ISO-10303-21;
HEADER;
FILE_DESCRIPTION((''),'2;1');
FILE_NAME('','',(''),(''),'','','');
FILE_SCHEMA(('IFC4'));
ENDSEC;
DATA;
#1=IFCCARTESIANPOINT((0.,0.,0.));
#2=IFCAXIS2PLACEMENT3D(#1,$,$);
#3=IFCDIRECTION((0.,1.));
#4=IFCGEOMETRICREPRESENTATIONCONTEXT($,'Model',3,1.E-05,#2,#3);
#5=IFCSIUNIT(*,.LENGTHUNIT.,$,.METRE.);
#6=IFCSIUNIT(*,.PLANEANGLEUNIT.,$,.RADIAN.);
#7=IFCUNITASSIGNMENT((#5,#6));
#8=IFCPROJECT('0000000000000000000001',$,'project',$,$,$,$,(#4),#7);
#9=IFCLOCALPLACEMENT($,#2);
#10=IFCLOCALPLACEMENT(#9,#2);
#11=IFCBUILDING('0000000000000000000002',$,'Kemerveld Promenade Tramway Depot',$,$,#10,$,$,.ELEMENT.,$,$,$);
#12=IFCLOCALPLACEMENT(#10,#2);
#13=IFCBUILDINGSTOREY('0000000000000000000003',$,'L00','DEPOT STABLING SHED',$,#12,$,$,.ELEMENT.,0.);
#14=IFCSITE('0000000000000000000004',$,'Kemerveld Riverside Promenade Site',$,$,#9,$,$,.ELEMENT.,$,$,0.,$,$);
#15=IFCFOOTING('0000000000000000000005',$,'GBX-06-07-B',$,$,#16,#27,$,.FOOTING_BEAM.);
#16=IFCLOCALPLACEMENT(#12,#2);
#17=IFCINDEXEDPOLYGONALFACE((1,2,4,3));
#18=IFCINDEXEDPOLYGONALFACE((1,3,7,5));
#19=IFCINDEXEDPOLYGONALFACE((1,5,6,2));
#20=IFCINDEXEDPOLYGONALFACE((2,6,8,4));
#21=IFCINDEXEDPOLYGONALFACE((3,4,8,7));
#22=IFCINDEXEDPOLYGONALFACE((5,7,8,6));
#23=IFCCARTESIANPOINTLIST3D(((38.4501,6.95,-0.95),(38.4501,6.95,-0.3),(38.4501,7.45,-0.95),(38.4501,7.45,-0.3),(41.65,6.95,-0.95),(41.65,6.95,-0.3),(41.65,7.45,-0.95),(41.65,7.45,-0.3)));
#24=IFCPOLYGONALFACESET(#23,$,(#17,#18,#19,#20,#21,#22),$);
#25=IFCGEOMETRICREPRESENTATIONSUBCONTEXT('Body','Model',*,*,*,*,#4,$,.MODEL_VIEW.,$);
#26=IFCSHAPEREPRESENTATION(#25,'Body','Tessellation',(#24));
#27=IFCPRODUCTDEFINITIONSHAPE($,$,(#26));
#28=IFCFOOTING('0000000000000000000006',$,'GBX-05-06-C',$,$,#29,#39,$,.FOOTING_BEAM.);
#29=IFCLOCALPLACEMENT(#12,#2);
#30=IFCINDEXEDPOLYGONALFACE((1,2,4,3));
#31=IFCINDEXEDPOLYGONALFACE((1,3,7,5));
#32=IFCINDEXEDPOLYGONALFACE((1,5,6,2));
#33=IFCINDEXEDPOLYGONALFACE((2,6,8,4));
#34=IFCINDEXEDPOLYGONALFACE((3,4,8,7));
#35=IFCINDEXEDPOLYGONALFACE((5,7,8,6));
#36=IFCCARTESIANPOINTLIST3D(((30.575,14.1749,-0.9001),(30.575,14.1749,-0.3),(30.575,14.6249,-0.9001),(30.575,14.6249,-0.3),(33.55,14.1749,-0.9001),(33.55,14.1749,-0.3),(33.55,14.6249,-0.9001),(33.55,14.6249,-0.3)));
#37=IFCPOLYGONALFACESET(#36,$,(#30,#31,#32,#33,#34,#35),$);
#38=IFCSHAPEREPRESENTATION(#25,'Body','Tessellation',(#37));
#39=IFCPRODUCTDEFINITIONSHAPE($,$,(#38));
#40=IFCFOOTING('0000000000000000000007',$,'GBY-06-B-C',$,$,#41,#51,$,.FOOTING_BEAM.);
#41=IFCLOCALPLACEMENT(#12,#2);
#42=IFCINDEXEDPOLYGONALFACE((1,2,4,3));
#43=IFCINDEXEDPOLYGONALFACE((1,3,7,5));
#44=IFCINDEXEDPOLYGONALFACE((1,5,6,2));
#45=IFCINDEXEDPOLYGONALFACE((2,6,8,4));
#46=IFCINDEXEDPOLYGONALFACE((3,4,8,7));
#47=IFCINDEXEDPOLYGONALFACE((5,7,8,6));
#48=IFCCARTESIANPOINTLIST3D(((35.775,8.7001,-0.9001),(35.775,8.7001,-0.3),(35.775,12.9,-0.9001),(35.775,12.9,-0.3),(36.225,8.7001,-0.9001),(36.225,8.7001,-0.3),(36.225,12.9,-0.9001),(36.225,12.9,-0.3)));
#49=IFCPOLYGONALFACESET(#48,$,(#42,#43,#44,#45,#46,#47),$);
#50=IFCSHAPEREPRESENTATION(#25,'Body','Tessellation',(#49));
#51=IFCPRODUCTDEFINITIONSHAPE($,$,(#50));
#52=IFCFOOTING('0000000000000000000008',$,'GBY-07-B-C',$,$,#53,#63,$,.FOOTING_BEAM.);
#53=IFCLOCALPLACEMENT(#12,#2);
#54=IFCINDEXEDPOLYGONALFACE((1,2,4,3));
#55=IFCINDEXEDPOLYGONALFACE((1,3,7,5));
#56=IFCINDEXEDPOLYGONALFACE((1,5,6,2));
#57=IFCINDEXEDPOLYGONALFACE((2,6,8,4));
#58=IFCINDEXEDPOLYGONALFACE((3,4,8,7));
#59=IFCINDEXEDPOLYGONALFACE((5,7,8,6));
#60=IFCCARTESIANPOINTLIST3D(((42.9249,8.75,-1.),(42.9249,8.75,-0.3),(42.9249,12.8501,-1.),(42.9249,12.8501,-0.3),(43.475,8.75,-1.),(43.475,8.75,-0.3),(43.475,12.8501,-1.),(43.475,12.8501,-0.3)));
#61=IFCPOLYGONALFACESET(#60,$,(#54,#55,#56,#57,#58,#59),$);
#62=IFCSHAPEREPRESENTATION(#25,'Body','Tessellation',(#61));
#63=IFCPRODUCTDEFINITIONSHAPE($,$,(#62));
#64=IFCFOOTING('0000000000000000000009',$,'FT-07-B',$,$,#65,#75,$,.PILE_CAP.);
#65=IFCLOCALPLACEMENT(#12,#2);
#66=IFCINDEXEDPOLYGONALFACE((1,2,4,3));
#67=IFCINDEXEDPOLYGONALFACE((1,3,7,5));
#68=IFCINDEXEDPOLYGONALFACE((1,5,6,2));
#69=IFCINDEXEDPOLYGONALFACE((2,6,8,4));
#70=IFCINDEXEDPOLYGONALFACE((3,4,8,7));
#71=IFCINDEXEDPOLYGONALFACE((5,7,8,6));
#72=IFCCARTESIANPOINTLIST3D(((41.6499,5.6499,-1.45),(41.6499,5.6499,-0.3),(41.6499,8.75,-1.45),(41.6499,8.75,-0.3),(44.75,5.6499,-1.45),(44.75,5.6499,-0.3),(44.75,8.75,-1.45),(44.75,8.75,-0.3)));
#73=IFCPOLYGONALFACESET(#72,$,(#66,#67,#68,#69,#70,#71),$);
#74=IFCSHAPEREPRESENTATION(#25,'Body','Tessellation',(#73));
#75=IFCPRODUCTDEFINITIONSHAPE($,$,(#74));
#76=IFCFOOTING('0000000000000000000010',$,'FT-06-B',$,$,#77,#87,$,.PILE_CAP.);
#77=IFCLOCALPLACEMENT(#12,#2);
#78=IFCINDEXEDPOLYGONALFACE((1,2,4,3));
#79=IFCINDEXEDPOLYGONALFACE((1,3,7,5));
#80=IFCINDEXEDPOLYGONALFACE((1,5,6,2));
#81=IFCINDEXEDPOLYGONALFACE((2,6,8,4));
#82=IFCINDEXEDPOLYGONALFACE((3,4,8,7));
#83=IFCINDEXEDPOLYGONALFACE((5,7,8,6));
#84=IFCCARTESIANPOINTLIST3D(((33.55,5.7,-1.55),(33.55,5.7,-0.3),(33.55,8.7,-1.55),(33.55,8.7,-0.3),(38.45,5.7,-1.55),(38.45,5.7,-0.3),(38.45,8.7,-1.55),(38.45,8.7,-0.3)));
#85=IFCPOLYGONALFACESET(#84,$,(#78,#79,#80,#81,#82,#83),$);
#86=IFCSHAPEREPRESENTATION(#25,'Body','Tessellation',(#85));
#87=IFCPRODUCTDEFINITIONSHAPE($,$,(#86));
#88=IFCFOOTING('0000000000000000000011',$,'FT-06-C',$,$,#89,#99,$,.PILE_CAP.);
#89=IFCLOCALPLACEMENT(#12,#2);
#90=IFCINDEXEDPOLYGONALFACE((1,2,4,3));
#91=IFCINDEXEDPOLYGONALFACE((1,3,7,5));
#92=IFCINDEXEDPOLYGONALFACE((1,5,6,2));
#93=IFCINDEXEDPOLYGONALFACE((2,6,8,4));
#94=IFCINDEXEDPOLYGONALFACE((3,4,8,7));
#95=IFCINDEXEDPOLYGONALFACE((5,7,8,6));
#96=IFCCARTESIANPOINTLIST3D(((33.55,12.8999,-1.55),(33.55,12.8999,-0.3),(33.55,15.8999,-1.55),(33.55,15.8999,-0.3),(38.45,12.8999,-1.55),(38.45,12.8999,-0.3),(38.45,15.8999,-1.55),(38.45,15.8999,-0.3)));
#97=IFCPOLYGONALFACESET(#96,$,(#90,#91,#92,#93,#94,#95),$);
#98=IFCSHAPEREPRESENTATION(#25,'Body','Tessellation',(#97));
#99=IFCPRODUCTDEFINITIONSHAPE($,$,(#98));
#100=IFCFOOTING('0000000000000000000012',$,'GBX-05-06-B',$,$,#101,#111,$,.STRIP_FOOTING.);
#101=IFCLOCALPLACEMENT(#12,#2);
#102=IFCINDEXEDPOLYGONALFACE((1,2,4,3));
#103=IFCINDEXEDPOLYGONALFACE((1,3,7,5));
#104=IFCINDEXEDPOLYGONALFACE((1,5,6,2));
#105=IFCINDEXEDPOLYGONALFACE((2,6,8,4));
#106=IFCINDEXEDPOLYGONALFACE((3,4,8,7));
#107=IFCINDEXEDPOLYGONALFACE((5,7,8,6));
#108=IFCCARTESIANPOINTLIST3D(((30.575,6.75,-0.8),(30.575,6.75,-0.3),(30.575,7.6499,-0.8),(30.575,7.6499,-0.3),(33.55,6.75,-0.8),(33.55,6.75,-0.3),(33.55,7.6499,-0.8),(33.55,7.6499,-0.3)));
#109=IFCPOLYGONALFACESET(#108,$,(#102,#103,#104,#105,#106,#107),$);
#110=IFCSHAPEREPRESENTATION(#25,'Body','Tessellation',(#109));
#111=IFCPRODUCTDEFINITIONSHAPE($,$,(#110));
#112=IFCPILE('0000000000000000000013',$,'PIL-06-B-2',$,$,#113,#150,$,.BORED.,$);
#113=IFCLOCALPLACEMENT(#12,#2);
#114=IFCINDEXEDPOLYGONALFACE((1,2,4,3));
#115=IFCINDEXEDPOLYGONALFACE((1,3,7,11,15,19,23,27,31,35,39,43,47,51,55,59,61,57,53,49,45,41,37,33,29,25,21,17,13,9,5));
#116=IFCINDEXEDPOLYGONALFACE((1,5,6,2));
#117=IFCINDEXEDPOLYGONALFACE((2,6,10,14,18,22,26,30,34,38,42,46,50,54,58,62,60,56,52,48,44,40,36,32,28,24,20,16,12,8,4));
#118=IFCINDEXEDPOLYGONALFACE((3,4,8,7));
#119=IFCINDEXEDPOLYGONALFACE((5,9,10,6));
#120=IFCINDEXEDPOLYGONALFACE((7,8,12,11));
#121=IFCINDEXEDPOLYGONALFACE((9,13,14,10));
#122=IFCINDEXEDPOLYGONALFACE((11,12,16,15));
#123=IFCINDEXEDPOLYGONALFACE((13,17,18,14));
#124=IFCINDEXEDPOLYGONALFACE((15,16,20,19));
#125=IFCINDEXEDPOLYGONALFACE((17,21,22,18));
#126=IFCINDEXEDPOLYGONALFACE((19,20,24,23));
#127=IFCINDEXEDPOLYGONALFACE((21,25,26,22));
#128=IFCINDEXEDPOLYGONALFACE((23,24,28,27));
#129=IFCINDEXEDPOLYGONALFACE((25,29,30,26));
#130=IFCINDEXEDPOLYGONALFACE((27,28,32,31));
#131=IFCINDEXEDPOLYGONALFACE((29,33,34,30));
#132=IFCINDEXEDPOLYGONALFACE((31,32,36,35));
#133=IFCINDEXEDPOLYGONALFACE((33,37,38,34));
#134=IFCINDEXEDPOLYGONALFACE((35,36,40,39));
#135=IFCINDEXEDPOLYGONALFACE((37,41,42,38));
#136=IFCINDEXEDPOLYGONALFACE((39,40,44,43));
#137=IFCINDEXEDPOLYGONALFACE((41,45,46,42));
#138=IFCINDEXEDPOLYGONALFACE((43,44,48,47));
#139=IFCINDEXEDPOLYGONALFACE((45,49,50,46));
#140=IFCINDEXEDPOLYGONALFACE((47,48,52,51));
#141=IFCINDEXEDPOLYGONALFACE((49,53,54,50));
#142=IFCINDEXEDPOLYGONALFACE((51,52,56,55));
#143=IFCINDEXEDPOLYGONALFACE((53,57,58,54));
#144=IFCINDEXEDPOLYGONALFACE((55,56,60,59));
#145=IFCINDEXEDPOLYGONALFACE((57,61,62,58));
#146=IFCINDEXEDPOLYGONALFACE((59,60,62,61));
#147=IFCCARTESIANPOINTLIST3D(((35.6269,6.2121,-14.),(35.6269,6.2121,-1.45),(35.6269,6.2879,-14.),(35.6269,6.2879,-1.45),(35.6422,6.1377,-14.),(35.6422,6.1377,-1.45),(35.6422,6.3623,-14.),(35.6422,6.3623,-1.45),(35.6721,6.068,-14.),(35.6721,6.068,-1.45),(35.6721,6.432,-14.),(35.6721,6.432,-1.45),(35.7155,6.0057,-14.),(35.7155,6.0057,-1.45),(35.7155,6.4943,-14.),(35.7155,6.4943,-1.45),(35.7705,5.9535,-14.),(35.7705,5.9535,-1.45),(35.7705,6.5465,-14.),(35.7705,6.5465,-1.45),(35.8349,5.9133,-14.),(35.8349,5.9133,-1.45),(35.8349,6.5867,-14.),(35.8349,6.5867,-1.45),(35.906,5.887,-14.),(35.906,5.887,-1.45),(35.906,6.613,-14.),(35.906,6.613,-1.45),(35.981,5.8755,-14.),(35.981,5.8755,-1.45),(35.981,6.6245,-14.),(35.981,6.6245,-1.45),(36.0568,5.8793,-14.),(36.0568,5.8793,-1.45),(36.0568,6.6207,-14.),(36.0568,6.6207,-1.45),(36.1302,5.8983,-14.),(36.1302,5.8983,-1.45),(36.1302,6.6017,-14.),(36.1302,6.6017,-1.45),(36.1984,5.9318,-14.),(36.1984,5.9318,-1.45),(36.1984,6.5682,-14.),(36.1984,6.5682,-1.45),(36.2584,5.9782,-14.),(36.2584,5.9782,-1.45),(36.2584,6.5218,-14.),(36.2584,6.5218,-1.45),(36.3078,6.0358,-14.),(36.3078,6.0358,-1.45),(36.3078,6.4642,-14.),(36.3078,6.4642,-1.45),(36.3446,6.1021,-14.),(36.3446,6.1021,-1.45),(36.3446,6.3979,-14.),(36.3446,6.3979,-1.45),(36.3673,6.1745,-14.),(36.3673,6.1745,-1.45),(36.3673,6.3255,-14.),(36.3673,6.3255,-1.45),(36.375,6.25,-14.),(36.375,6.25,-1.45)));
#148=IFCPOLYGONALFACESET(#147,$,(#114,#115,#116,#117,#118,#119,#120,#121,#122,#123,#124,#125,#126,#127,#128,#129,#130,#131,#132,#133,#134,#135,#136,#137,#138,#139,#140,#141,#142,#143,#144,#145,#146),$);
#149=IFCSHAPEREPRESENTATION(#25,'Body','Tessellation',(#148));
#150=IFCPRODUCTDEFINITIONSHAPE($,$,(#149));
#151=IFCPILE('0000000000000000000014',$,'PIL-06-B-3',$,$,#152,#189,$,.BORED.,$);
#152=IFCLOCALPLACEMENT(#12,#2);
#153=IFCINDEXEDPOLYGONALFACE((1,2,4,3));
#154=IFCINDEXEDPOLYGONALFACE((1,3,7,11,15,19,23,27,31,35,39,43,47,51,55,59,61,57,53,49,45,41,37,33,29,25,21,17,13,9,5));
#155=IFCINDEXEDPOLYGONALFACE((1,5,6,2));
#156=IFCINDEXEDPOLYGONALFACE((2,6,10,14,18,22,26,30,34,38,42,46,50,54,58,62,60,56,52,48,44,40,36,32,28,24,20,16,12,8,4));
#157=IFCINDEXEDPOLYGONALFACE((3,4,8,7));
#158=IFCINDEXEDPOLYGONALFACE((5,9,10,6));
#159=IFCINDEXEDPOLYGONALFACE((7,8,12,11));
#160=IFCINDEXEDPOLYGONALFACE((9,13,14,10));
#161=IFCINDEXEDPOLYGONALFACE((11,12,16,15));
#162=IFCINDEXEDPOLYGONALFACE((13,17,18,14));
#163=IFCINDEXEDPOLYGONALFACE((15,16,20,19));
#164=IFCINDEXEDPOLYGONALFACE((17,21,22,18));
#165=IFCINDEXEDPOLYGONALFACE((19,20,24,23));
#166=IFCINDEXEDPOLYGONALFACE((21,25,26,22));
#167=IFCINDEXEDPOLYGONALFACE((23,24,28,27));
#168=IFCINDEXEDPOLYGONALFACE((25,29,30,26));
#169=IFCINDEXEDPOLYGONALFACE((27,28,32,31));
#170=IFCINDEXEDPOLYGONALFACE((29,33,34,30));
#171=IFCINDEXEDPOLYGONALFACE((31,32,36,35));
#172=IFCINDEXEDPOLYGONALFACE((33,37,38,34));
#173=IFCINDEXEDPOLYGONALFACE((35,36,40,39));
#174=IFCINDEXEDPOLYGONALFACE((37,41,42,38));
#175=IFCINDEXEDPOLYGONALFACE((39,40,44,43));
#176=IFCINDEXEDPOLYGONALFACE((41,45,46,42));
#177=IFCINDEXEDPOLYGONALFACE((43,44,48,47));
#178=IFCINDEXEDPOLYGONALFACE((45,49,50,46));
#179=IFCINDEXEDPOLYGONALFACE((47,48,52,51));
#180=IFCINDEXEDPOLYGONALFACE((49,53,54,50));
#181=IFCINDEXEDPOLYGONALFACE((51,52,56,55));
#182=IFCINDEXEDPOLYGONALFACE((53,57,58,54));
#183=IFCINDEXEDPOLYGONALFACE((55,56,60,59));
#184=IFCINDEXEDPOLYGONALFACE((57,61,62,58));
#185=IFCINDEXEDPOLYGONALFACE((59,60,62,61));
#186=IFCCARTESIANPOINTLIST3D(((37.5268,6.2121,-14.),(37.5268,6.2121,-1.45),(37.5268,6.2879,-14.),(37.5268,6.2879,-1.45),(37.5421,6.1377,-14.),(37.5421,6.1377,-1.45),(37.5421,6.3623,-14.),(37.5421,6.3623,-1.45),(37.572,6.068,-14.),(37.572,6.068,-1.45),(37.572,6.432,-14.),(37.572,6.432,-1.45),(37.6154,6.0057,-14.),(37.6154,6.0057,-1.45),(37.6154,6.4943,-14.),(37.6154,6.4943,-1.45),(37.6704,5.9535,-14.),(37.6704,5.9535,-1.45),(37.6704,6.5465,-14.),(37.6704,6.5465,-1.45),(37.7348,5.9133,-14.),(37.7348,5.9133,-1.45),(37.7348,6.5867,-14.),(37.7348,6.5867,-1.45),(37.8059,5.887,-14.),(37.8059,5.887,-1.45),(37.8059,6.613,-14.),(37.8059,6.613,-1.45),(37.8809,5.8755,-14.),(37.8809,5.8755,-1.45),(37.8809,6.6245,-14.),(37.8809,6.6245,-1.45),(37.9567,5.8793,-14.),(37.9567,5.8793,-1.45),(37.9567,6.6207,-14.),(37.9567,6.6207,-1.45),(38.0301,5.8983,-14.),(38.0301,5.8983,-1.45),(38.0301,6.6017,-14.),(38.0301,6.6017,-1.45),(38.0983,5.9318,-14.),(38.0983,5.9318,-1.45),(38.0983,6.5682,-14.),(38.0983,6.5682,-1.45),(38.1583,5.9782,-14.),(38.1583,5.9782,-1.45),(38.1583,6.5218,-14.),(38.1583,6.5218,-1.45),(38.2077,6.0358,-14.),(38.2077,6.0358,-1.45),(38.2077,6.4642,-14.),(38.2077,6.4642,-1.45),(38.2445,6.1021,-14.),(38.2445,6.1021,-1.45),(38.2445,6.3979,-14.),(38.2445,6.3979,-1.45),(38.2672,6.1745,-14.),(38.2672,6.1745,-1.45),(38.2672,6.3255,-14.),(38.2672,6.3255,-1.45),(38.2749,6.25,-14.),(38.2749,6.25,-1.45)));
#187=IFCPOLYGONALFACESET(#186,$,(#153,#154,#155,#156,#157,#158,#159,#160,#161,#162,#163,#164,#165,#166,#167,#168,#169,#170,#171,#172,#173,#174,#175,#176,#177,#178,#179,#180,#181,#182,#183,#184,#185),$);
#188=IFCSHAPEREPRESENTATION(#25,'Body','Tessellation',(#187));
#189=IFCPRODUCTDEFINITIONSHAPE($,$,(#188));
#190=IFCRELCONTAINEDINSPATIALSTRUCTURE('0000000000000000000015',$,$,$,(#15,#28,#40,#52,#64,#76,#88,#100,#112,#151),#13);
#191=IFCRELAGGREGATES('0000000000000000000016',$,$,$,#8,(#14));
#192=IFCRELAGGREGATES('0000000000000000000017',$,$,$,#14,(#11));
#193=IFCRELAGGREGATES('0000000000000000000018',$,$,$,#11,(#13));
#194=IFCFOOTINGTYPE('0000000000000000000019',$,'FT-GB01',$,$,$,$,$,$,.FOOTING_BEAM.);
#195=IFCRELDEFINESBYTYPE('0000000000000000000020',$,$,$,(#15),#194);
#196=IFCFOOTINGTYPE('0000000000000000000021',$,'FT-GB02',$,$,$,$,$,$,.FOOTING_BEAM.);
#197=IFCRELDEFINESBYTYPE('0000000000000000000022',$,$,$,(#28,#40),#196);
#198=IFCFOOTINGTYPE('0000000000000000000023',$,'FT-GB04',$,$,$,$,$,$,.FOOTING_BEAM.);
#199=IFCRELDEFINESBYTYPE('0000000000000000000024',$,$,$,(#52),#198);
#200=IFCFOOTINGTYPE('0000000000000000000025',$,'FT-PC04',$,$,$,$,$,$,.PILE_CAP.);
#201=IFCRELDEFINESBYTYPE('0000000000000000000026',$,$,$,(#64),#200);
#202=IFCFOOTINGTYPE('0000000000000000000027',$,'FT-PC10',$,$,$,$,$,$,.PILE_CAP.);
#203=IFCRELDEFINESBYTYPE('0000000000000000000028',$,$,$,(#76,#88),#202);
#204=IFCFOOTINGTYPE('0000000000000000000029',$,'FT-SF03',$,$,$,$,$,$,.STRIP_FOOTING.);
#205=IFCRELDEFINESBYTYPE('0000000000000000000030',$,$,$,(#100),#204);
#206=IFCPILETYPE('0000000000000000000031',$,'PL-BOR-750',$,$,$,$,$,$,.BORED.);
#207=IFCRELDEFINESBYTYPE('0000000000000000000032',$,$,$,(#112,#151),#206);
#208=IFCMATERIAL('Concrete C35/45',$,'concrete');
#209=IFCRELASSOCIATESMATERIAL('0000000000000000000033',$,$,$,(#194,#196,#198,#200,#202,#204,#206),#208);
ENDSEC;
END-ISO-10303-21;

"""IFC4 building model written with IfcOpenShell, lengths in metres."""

from ifc_helpers import new_model, si_unit, direction, frame, origin, origin_2d, place, context, subcontext, project, spatial, rectangle, circle, extrude, material, material_profile, profile_set, type_object, element, save


model = new_model("IFC4")

# Units and contexts
model_context = context("Model", 3, precision=1e-05, world=origin(), true_north=direction((0.0, 1.0)))
body_context = subcontext(model_context, "Body", "Model", "MODEL_VIEW")
ifc_project = project(units=[si_unit("LENGTHUNIT", "METRE"), si_unit("PLANEANGLEUNIT", "RADIAN")], contexts=[model_context])

# Site, building, storey
site_placement = place(None, origin())
site = spatial("IfcSite", under=ifc_project, at=site_placement, Name="Kemerveld Riverside Promenade Site", CompositionType="ELEMENT", RefElevation=0.0)
building_placement = place(site_placement, origin())
building = spatial("IfcBuilding", under=site, at=building_placement, Name="Kemerveld Promenade Tramway Depot", CompositionType="ELEMENT")
storey_placement = place(building_placement, origin())
storey = spatial("IfcBuildingStorey", under=building, at=storey_placement, Name="L00", Description="DEPOT STABLING SHED", CompositionType="ELEMENT", Elevation=0.0)

# Footings
ifc_material_1 = material(Name="Concrete C35/45", Category="concrete")
footing_type_1 = type_object("IfcFootingType", Name="FT-GB01", PredefinedType="FOOTING_BEAM", material=ifc_material_1)
footing_1_placement = place(storey_placement, frame((40.05, 7.2, -0.95), z_axis=(0.0, 0.0, 1.0), x_axis=(1.0, 0.0, 0.0)))
element("IfcFooting", 1, at=footing_1_placement, inside=storey, type_object=footing_type_1, Name="GBX-06-07-B", PredefinedType="FOOTING_BEAM", context=body_context, shape_type="SweptSolid", body=[
    extrude(rectangle(XDim=3.2, YDim=0.5, at=origin_2d()), origin(), (0.0, 0.0, 1.0), 0.6499),
])
footing_type_2 = type_object("IfcFootingType", Name="FT-GB02", PredefinedType="FOOTING_BEAM", material=ifc_material_1)
footing_2_placement = place(storey_placement, frame((32.0625, 14.3999, -0.9001), z_axis=(0.0, 0.0, 1.0), x_axis=(1.0, 0.0, 0.0)))
element("IfcFooting", 2, at=footing_2_placement, inside=storey, type_object=footing_type_2, Name="GBX-05-06-C", PredefinedType="FOOTING_BEAM", context=body_context, shape_type="SweptSolid", body=[
    extrude(rectangle(XDim=2.9751, YDim=0.45, at=origin_2d()), origin(), (0.0, 0.0, 1.0), 0.6001),
])
footing_3_placement = place(storey_placement, frame((36.0, 10.8, -0.9001), z_axis=(0.0, 0.0, 1.0), x_axis=(0.0, 1.0, 0.0)))
element("IfcFooting", 3, at=footing_3_placement, inside=storey, type_object=footing_type_2, Name="GBY-06-B-C", PredefinedType="FOOTING_BEAM", context=body_context, shape_type="SweptSolid", body=[
    extrude(rectangle(XDim=4.2, YDim=0.45, at=origin_2d()), origin(), (0.0, 0.0, 1.0), 0.6001),
])
footing_type_3 = type_object("IfcFootingType", Name="FT-GB04", PredefinedType="FOOTING_BEAM", material=ifc_material_1)
footing_4_placement = place(storey_placement, frame((43.2, 10.8, -1.0), z_axis=(0.0, 0.0, 1.0), x_axis=(0.0, 1.0, 0.0)))
element("IfcFooting", 4, at=footing_4_placement, inside=storey, type_object=footing_type_3, Name="GBY-07-B-C", PredefinedType="FOOTING_BEAM", context=body_context, shape_type="SweptSolid", body=[
    extrude(rectangle(XDim=4.1001, YDim=0.55, at=origin_2d()), origin(), (0.0, 0.0, 1.0), 0.7),
])
footing_type_4 = type_object("IfcFootingType", Name="FT-PC04", PredefinedType="PILE_CAP", material=ifc_material_1)
footing_5_placement = place(storey_placement, frame((43.2, 7.2, -1.45), z_axis=(0.0, 0.0, 1.0), x_axis=(1.0, 0.0, 0.0)))
element("IfcFooting", 5, at=footing_5_placement, inside=storey, type_object=footing_type_4, Name="FT-07-B", PredefinedType="PILE_CAP", context=body_context, shape_type="SweptSolid", body=[
    extrude(rectangle(XDim=3.1001, YDim=3.1001, at=origin_2d()), origin(), (0.0, 0.0, 1.0), 1.1499),
])
footing_type_5 = type_object("IfcFootingType", Name="FT-PC10", PredefinedType="PILE_CAP", material=ifc_material_1)
for number, where, z_axis, x_axis, name in (
    (6, (36.0, 7.2, -1.55), (0.0, 0.0, 1.0), (1.0, 0.0, 0.0), "FT-06-B"),
    (7, (36.0, 14.3999, -1.55), (0.0, 0.0, 1.0), (1.0, 0.0, 0.0), "FT-06-C"),
):
    element("IfcFooting", number, at=place(storey_placement, frame(where, z_axis=z_axis, x_axis=x_axis)), inside=storey, type_object=footing_type_5, Name=name, PredefinedType="PILE_CAP", context=body_context, shape_type="SweptSolid", body=[
        extrude(rectangle(XDim=4.8999, YDim=3.0, at=origin_2d()), origin(), (0.0, 0.0, 1.0), 1.25),
    ])
footing_type_6 = type_object("IfcFootingType", Name="FT-SF03", PredefinedType="STRIP_FOOTING", material=ifc_material_1)
footing_6_placement = place(storey_placement, frame((32.0625, 7.2, -0.8), z_axis=(0.0, 0.0, 1.0), x_axis=(1.0, 0.0, 0.0)))
element("IfcFooting", 8, at=footing_6_placement, inside=storey, type_object=footing_type_6, Name="GBX-05-06-B", PredefinedType="STRIP_FOOTING", context=body_context, shape_type="SweptSolid", body=[
    extrude(rectangle(XDim=2.9751, YDim=0.8999, at=origin_2d()), origin(), (0.0, 0.0, 1.0), 0.5),
])

# Piles
ifc_material_profile_1 = material_profile(ifc_material_1, circle(Radius=0.375, at=origin_2d()), Name="PILE-D750")
ifc_profile_set_1 = profile_set([ifc_material_profile_1], Name="Concrete C35/45")
pile_type = type_object("IfcPileType", Name="PL-BOR-750", PredefinedType="BORED", material=ifc_profile_set_1)
for number, where, z_axis, x_axis, name in (
    (9, (36.0, 6.25, -1.45), (0.0, 0.0, -1.0), (1.0, 0.0, 0.0), "PIL-06-B-2"),
    (10, (37.8999, 6.25, -1.45), (0.0, 0.0, -1.0), (1.0, 0.0, 0.0), "PIL-06-B-3"),
):
    element("IfcPile", number, at=place(storey_placement, frame(where, z_axis=z_axis, x_axis=x_axis)), inside=storey, type_object=pile_type, Name=name, PredefinedType="BORED", context=body_context, shape_type="SweptSolid", body=[
        extrude(circle(Radius=0.375, at=origin_2d()), origin(), (0.0, 0.0, 1.0), 12.55),
    ])

save(model, "model.ifc")
